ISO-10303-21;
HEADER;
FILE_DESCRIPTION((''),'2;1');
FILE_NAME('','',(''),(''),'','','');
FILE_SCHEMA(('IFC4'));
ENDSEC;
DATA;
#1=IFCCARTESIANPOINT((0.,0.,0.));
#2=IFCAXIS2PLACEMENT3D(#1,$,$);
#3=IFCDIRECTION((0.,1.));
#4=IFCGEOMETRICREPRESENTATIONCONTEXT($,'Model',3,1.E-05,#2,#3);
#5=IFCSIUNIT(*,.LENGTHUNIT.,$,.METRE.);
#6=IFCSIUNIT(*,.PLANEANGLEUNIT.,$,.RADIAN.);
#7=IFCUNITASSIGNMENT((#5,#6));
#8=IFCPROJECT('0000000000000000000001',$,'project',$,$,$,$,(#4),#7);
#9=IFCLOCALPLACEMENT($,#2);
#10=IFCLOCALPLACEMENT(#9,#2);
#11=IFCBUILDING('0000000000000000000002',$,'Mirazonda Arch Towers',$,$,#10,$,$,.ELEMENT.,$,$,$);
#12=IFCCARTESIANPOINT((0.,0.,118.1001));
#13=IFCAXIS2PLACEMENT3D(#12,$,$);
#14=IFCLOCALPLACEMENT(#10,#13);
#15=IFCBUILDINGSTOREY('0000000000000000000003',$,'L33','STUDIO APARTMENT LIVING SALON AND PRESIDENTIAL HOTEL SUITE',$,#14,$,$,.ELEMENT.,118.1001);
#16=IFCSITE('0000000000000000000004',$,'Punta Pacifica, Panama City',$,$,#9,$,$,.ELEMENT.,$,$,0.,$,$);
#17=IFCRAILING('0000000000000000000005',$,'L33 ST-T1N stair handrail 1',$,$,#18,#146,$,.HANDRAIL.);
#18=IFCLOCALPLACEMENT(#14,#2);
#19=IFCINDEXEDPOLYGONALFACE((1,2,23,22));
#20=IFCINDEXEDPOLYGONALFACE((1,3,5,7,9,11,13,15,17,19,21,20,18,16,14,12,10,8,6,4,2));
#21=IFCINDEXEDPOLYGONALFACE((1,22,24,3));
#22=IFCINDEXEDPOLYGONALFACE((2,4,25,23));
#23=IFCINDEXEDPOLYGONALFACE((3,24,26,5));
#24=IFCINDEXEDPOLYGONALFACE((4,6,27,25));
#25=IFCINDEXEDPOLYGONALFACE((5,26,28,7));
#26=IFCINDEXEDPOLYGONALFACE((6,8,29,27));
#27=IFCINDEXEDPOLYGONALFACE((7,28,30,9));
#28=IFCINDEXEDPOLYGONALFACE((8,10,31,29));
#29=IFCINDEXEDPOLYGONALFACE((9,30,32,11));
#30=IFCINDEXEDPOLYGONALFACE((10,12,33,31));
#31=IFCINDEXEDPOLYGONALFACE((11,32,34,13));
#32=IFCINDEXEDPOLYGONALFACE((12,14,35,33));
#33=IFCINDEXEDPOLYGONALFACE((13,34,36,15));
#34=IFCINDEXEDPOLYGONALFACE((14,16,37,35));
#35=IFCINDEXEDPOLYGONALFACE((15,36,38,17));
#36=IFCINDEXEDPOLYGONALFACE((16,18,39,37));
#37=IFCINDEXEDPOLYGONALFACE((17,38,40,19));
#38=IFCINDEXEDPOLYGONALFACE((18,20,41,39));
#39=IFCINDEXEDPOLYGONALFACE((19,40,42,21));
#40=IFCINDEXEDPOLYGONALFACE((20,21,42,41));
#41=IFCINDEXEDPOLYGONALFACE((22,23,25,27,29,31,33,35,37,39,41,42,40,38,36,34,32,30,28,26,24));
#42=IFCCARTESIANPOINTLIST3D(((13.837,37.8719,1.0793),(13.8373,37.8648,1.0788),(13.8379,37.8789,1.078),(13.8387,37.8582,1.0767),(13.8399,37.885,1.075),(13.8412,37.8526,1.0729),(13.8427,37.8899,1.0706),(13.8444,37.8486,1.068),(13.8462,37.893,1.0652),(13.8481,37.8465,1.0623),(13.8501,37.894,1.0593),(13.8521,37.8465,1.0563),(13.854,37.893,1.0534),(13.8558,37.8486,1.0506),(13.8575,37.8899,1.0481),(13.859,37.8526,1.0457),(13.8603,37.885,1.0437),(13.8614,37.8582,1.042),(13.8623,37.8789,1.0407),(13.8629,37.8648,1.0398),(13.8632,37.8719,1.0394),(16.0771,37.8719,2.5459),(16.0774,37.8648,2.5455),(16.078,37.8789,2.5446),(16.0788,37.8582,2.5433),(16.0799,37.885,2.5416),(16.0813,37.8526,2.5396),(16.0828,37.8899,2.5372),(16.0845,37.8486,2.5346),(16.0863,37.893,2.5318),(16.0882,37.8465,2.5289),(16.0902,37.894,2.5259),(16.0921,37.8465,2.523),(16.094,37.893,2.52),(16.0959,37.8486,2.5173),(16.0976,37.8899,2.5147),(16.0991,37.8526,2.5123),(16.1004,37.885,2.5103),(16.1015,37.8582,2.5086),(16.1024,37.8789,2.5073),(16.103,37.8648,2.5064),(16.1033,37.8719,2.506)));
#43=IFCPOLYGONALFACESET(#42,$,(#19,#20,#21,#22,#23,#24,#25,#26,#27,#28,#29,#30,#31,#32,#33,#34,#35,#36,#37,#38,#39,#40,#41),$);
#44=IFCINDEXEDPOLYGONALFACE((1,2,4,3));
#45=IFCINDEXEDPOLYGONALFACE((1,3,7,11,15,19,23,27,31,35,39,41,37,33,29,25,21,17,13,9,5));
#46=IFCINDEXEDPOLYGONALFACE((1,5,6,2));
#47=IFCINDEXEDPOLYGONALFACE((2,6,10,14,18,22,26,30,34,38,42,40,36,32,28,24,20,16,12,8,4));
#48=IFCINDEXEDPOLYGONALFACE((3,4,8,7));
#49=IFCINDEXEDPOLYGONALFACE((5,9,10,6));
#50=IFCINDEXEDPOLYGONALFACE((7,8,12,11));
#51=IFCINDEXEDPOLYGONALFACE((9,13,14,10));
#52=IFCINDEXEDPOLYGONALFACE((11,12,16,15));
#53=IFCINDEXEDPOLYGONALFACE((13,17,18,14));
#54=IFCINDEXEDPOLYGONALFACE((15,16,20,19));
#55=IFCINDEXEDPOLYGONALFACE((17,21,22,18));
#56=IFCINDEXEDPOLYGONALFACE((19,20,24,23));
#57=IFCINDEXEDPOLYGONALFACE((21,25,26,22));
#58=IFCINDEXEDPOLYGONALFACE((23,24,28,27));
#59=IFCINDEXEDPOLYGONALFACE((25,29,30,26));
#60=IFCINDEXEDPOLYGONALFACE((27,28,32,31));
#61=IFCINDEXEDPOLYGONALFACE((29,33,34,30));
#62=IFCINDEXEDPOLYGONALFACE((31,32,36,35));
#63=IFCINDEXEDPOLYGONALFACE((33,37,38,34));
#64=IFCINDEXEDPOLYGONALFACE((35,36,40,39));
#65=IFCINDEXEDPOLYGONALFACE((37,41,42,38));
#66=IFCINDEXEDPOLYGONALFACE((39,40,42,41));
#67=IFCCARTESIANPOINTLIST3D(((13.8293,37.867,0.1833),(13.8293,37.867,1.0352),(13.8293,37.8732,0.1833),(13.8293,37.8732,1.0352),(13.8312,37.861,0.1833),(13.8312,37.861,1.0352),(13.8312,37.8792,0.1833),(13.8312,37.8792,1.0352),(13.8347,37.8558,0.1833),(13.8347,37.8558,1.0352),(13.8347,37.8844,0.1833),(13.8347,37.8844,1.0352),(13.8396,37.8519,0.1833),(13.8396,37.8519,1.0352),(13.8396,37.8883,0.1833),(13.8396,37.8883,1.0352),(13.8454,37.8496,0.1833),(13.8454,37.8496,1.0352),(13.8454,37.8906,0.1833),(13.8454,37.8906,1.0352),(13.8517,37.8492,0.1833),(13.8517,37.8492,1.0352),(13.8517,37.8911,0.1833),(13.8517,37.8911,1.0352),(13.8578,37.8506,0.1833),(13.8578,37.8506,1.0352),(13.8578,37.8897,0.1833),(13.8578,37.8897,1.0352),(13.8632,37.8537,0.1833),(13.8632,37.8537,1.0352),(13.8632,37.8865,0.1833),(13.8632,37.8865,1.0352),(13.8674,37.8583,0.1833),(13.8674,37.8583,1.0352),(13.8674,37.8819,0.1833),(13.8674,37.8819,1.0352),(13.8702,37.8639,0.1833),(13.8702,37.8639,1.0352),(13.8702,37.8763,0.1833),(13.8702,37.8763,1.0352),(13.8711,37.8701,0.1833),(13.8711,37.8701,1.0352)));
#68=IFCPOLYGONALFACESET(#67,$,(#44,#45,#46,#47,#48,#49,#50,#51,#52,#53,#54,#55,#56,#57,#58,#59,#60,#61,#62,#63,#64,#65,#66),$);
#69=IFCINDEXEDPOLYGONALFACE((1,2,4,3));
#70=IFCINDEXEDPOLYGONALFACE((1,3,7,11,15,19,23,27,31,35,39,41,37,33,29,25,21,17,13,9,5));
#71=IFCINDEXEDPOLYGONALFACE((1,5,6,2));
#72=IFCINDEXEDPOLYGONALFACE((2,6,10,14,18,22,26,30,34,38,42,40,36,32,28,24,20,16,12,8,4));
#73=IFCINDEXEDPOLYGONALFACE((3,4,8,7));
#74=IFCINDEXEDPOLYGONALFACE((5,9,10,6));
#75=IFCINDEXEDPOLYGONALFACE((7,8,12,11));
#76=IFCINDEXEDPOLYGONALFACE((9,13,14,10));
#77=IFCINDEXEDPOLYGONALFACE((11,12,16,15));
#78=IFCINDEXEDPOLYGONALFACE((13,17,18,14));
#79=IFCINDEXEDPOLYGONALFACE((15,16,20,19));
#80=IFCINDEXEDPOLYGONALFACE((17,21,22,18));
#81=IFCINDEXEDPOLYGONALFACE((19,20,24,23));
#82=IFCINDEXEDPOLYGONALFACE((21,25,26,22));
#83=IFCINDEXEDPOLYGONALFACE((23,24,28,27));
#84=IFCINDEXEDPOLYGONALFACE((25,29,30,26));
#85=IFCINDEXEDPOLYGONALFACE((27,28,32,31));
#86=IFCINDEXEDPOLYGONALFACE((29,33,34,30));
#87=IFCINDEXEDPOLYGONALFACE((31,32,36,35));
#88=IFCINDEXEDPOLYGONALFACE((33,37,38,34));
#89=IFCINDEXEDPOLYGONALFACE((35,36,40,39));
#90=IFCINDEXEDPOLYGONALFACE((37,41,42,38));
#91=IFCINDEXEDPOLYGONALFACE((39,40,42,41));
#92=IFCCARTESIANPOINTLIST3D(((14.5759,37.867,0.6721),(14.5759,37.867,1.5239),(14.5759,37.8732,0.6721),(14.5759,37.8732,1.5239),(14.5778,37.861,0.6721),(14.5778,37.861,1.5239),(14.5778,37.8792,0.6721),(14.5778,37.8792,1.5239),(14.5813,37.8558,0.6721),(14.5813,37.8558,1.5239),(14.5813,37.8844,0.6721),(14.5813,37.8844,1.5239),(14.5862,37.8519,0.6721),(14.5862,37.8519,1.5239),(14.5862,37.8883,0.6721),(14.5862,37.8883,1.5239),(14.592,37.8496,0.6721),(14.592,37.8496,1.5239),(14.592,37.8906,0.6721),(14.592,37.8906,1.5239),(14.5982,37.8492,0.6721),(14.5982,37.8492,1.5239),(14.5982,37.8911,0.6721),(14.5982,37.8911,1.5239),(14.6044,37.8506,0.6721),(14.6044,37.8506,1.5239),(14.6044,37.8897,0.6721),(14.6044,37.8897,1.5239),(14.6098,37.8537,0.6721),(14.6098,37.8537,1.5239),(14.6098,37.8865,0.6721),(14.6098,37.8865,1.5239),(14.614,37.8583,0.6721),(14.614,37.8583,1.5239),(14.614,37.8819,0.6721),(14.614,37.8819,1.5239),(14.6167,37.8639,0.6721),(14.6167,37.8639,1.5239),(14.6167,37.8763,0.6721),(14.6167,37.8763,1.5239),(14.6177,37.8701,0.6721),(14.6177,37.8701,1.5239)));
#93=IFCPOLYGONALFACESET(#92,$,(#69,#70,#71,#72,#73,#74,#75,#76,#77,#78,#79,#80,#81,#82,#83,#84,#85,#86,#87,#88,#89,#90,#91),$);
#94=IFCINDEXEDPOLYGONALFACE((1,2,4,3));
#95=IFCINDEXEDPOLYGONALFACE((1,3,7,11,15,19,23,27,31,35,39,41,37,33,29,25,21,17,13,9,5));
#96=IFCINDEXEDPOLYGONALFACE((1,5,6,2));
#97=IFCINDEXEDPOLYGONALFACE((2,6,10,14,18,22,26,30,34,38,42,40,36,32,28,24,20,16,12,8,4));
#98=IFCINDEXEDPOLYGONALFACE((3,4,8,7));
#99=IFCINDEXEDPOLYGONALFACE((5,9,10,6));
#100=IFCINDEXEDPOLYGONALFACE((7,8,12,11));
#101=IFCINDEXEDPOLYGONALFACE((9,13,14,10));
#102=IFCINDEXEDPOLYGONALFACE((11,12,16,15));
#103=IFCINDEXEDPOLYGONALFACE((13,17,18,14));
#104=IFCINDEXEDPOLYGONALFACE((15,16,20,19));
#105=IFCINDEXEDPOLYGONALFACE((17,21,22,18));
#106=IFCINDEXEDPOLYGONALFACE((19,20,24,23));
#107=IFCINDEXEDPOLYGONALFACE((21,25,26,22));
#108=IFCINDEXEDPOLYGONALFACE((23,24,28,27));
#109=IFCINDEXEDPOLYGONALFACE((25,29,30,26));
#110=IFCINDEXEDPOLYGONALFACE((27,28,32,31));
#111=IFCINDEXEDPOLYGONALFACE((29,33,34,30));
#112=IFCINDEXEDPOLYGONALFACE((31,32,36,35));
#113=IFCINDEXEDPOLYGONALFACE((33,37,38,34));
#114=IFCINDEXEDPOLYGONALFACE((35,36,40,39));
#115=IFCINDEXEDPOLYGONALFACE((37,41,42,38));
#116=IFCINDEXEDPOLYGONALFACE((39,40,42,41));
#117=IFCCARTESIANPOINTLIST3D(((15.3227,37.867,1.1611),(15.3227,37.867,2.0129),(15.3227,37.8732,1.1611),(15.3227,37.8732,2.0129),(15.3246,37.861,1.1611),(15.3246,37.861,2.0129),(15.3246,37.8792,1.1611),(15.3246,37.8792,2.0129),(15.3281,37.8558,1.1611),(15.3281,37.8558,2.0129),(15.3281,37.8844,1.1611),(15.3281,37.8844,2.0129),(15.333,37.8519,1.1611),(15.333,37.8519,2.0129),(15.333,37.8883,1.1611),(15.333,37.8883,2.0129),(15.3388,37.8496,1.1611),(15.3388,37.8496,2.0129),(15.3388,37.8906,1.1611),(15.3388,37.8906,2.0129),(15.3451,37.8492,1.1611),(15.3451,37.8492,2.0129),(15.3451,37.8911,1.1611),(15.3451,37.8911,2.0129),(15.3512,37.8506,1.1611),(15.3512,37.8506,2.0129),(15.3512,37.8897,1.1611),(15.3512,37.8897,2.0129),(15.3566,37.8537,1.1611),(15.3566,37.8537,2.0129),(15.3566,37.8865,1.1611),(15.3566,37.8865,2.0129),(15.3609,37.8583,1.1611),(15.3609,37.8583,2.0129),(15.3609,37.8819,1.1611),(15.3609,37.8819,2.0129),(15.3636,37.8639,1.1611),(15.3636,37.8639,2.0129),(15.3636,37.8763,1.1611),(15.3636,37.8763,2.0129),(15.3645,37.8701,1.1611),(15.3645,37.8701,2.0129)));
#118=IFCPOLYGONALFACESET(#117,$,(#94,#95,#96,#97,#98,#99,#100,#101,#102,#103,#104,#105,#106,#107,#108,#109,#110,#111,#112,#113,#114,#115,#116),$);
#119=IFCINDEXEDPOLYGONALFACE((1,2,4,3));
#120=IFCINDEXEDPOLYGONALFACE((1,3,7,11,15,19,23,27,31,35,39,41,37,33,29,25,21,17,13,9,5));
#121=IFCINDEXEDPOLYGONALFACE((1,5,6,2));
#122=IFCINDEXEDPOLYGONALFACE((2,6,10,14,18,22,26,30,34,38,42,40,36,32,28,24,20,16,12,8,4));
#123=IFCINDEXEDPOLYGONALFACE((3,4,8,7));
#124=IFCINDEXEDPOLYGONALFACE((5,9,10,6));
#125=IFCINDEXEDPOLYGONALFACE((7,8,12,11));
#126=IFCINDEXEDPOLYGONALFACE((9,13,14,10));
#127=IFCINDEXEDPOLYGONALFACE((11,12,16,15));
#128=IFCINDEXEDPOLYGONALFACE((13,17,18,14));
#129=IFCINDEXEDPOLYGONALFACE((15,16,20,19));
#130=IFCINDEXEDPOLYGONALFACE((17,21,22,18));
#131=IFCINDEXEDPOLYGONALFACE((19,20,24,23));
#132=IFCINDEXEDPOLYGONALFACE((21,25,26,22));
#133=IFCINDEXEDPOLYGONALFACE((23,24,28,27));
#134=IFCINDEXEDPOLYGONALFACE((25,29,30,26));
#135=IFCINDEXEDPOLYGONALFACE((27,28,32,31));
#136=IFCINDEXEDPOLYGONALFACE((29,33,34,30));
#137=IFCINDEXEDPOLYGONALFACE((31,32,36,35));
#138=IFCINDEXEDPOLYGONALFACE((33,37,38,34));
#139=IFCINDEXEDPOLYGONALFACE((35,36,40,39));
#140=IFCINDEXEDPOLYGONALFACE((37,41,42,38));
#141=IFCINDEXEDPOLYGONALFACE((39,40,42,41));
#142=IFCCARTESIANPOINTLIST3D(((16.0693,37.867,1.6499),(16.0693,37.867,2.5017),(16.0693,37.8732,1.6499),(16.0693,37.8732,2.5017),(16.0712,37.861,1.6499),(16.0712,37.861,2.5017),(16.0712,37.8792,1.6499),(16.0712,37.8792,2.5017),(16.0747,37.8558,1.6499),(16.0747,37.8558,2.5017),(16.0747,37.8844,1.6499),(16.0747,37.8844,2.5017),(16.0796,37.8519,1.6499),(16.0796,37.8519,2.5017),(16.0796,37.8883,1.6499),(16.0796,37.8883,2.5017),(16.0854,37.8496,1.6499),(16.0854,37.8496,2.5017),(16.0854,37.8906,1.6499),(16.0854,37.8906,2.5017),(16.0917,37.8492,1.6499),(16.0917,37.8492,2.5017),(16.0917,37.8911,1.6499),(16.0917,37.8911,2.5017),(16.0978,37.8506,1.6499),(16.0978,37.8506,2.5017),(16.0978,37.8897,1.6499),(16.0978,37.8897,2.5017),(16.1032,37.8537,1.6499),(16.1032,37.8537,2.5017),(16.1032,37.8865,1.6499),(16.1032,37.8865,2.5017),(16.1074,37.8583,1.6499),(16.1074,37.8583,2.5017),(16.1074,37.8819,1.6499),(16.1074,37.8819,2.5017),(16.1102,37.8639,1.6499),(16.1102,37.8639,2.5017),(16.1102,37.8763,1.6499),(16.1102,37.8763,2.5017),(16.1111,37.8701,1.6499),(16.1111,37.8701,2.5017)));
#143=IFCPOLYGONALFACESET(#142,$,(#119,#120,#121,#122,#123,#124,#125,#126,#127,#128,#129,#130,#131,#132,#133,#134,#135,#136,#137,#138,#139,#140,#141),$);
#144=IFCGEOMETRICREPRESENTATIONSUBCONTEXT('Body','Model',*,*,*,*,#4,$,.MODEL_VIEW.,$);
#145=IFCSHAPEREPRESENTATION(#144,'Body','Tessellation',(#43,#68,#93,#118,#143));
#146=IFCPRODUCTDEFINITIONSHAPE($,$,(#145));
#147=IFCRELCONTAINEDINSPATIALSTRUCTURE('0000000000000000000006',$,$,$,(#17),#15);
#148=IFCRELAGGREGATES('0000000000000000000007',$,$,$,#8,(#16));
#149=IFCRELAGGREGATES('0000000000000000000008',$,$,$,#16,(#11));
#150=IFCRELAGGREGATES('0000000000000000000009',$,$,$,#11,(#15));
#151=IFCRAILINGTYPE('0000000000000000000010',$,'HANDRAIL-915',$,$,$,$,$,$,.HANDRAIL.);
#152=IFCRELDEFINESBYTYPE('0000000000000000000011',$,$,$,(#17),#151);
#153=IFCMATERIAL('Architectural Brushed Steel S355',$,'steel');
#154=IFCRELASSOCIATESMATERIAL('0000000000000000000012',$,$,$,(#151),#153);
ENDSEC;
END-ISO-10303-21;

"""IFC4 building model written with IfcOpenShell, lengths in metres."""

from ifc_helpers import new_model, si_unit, direction, frame, origin, origin_2d, place, context, subcontext, project, spatial, circle, extrude, material, type_object, element, save


model = new_model("IFC4")

# Units and contexts
model_context = context("Model", 3, precision=1e-05, world=origin(), true_north=direction((0.0, 1.0)))
body_context = subcontext(model_context, "Body", "Model", "MODEL_VIEW")
ifc_project = project(units=[si_unit("LENGTHUNIT", "METRE"), si_unit("PLANEANGLEUNIT", "RADIAN")], contexts=[model_context])

# Site, building, storey
site_placement = place(None, origin())
site = spatial("IfcSite", under=ifc_project, at=site_placement, Name="Punta Pacifica, Panama City", CompositionType="ELEMENT", RefElevation=0.0)
building_placement = place(site_placement, origin())
building = spatial("IfcBuilding", under=site, at=building_placement, Name="Mirazonda Arch Towers", CompositionType="ELEMENT")
storey_placement = place(building_placement, frame((0.0, 0.0, 118.1001)))
storey = spatial("IfcBuildingStorey", under=building, at=storey_placement, Name="L33", Description="STUDIO APARTMENT LIVING SALON AND PRESIDENTIAL HOTEL SUITE", CompositionType="ELEMENT", Elevation=118.1001)

# Shared definitions
ifc_material_1 = material(Name="Architectural Brushed Steel S355", Category="steel")

# Railing
railing_type_1 = type_object("IfcRailingType", Name="HANDRAIL-915", PredefinedType="HANDRAIL", material=ifc_material_1)
railing_1_placement = place(storey_placement, frame((13.8501, 37.8701, 0.1833)))
element("IfcRailing", 1, at=railing_1_placement, inside=storey, type_object=railing_type_1, Name="L33 ST-T1N stair handrail 1", PredefinedType="HANDRAIL", context=body_context, shape_type="SweptSolid", body=[
    extrude(circle(Radius=0.0239, at=origin_2d()), frame((0.0, 0.0, 0.876), z_axis=(0.836637, 0.0, 0.547758), x_axis=(0.0, 1.0, 0.0)), (0.0, 0.0, 1.0), 2.6775),
    extrude(circle(Radius=0.021, at=origin_2d()), origin(), (0.0, 0.0, 1.0), 0.8518),
    extrude(circle(Radius=0.021, at=origin_2d()), frame((0.7466, 0.0, 0.4888)), (0.0, 0.0, 1.0), 0.8518),
    extrude(circle(Radius=0.021, at=origin_2d()), frame((1.4934, 0.0, 0.9778)), (0.0, 0.0, 1.0), 0.8518),
    extrude(circle(Radius=0.021, at=origin_2d()), frame((2.24, 0.0, 1.4666)), (0.0, 0.0, 1.0), 0.8518),
])

save(model, "model.ifc")
